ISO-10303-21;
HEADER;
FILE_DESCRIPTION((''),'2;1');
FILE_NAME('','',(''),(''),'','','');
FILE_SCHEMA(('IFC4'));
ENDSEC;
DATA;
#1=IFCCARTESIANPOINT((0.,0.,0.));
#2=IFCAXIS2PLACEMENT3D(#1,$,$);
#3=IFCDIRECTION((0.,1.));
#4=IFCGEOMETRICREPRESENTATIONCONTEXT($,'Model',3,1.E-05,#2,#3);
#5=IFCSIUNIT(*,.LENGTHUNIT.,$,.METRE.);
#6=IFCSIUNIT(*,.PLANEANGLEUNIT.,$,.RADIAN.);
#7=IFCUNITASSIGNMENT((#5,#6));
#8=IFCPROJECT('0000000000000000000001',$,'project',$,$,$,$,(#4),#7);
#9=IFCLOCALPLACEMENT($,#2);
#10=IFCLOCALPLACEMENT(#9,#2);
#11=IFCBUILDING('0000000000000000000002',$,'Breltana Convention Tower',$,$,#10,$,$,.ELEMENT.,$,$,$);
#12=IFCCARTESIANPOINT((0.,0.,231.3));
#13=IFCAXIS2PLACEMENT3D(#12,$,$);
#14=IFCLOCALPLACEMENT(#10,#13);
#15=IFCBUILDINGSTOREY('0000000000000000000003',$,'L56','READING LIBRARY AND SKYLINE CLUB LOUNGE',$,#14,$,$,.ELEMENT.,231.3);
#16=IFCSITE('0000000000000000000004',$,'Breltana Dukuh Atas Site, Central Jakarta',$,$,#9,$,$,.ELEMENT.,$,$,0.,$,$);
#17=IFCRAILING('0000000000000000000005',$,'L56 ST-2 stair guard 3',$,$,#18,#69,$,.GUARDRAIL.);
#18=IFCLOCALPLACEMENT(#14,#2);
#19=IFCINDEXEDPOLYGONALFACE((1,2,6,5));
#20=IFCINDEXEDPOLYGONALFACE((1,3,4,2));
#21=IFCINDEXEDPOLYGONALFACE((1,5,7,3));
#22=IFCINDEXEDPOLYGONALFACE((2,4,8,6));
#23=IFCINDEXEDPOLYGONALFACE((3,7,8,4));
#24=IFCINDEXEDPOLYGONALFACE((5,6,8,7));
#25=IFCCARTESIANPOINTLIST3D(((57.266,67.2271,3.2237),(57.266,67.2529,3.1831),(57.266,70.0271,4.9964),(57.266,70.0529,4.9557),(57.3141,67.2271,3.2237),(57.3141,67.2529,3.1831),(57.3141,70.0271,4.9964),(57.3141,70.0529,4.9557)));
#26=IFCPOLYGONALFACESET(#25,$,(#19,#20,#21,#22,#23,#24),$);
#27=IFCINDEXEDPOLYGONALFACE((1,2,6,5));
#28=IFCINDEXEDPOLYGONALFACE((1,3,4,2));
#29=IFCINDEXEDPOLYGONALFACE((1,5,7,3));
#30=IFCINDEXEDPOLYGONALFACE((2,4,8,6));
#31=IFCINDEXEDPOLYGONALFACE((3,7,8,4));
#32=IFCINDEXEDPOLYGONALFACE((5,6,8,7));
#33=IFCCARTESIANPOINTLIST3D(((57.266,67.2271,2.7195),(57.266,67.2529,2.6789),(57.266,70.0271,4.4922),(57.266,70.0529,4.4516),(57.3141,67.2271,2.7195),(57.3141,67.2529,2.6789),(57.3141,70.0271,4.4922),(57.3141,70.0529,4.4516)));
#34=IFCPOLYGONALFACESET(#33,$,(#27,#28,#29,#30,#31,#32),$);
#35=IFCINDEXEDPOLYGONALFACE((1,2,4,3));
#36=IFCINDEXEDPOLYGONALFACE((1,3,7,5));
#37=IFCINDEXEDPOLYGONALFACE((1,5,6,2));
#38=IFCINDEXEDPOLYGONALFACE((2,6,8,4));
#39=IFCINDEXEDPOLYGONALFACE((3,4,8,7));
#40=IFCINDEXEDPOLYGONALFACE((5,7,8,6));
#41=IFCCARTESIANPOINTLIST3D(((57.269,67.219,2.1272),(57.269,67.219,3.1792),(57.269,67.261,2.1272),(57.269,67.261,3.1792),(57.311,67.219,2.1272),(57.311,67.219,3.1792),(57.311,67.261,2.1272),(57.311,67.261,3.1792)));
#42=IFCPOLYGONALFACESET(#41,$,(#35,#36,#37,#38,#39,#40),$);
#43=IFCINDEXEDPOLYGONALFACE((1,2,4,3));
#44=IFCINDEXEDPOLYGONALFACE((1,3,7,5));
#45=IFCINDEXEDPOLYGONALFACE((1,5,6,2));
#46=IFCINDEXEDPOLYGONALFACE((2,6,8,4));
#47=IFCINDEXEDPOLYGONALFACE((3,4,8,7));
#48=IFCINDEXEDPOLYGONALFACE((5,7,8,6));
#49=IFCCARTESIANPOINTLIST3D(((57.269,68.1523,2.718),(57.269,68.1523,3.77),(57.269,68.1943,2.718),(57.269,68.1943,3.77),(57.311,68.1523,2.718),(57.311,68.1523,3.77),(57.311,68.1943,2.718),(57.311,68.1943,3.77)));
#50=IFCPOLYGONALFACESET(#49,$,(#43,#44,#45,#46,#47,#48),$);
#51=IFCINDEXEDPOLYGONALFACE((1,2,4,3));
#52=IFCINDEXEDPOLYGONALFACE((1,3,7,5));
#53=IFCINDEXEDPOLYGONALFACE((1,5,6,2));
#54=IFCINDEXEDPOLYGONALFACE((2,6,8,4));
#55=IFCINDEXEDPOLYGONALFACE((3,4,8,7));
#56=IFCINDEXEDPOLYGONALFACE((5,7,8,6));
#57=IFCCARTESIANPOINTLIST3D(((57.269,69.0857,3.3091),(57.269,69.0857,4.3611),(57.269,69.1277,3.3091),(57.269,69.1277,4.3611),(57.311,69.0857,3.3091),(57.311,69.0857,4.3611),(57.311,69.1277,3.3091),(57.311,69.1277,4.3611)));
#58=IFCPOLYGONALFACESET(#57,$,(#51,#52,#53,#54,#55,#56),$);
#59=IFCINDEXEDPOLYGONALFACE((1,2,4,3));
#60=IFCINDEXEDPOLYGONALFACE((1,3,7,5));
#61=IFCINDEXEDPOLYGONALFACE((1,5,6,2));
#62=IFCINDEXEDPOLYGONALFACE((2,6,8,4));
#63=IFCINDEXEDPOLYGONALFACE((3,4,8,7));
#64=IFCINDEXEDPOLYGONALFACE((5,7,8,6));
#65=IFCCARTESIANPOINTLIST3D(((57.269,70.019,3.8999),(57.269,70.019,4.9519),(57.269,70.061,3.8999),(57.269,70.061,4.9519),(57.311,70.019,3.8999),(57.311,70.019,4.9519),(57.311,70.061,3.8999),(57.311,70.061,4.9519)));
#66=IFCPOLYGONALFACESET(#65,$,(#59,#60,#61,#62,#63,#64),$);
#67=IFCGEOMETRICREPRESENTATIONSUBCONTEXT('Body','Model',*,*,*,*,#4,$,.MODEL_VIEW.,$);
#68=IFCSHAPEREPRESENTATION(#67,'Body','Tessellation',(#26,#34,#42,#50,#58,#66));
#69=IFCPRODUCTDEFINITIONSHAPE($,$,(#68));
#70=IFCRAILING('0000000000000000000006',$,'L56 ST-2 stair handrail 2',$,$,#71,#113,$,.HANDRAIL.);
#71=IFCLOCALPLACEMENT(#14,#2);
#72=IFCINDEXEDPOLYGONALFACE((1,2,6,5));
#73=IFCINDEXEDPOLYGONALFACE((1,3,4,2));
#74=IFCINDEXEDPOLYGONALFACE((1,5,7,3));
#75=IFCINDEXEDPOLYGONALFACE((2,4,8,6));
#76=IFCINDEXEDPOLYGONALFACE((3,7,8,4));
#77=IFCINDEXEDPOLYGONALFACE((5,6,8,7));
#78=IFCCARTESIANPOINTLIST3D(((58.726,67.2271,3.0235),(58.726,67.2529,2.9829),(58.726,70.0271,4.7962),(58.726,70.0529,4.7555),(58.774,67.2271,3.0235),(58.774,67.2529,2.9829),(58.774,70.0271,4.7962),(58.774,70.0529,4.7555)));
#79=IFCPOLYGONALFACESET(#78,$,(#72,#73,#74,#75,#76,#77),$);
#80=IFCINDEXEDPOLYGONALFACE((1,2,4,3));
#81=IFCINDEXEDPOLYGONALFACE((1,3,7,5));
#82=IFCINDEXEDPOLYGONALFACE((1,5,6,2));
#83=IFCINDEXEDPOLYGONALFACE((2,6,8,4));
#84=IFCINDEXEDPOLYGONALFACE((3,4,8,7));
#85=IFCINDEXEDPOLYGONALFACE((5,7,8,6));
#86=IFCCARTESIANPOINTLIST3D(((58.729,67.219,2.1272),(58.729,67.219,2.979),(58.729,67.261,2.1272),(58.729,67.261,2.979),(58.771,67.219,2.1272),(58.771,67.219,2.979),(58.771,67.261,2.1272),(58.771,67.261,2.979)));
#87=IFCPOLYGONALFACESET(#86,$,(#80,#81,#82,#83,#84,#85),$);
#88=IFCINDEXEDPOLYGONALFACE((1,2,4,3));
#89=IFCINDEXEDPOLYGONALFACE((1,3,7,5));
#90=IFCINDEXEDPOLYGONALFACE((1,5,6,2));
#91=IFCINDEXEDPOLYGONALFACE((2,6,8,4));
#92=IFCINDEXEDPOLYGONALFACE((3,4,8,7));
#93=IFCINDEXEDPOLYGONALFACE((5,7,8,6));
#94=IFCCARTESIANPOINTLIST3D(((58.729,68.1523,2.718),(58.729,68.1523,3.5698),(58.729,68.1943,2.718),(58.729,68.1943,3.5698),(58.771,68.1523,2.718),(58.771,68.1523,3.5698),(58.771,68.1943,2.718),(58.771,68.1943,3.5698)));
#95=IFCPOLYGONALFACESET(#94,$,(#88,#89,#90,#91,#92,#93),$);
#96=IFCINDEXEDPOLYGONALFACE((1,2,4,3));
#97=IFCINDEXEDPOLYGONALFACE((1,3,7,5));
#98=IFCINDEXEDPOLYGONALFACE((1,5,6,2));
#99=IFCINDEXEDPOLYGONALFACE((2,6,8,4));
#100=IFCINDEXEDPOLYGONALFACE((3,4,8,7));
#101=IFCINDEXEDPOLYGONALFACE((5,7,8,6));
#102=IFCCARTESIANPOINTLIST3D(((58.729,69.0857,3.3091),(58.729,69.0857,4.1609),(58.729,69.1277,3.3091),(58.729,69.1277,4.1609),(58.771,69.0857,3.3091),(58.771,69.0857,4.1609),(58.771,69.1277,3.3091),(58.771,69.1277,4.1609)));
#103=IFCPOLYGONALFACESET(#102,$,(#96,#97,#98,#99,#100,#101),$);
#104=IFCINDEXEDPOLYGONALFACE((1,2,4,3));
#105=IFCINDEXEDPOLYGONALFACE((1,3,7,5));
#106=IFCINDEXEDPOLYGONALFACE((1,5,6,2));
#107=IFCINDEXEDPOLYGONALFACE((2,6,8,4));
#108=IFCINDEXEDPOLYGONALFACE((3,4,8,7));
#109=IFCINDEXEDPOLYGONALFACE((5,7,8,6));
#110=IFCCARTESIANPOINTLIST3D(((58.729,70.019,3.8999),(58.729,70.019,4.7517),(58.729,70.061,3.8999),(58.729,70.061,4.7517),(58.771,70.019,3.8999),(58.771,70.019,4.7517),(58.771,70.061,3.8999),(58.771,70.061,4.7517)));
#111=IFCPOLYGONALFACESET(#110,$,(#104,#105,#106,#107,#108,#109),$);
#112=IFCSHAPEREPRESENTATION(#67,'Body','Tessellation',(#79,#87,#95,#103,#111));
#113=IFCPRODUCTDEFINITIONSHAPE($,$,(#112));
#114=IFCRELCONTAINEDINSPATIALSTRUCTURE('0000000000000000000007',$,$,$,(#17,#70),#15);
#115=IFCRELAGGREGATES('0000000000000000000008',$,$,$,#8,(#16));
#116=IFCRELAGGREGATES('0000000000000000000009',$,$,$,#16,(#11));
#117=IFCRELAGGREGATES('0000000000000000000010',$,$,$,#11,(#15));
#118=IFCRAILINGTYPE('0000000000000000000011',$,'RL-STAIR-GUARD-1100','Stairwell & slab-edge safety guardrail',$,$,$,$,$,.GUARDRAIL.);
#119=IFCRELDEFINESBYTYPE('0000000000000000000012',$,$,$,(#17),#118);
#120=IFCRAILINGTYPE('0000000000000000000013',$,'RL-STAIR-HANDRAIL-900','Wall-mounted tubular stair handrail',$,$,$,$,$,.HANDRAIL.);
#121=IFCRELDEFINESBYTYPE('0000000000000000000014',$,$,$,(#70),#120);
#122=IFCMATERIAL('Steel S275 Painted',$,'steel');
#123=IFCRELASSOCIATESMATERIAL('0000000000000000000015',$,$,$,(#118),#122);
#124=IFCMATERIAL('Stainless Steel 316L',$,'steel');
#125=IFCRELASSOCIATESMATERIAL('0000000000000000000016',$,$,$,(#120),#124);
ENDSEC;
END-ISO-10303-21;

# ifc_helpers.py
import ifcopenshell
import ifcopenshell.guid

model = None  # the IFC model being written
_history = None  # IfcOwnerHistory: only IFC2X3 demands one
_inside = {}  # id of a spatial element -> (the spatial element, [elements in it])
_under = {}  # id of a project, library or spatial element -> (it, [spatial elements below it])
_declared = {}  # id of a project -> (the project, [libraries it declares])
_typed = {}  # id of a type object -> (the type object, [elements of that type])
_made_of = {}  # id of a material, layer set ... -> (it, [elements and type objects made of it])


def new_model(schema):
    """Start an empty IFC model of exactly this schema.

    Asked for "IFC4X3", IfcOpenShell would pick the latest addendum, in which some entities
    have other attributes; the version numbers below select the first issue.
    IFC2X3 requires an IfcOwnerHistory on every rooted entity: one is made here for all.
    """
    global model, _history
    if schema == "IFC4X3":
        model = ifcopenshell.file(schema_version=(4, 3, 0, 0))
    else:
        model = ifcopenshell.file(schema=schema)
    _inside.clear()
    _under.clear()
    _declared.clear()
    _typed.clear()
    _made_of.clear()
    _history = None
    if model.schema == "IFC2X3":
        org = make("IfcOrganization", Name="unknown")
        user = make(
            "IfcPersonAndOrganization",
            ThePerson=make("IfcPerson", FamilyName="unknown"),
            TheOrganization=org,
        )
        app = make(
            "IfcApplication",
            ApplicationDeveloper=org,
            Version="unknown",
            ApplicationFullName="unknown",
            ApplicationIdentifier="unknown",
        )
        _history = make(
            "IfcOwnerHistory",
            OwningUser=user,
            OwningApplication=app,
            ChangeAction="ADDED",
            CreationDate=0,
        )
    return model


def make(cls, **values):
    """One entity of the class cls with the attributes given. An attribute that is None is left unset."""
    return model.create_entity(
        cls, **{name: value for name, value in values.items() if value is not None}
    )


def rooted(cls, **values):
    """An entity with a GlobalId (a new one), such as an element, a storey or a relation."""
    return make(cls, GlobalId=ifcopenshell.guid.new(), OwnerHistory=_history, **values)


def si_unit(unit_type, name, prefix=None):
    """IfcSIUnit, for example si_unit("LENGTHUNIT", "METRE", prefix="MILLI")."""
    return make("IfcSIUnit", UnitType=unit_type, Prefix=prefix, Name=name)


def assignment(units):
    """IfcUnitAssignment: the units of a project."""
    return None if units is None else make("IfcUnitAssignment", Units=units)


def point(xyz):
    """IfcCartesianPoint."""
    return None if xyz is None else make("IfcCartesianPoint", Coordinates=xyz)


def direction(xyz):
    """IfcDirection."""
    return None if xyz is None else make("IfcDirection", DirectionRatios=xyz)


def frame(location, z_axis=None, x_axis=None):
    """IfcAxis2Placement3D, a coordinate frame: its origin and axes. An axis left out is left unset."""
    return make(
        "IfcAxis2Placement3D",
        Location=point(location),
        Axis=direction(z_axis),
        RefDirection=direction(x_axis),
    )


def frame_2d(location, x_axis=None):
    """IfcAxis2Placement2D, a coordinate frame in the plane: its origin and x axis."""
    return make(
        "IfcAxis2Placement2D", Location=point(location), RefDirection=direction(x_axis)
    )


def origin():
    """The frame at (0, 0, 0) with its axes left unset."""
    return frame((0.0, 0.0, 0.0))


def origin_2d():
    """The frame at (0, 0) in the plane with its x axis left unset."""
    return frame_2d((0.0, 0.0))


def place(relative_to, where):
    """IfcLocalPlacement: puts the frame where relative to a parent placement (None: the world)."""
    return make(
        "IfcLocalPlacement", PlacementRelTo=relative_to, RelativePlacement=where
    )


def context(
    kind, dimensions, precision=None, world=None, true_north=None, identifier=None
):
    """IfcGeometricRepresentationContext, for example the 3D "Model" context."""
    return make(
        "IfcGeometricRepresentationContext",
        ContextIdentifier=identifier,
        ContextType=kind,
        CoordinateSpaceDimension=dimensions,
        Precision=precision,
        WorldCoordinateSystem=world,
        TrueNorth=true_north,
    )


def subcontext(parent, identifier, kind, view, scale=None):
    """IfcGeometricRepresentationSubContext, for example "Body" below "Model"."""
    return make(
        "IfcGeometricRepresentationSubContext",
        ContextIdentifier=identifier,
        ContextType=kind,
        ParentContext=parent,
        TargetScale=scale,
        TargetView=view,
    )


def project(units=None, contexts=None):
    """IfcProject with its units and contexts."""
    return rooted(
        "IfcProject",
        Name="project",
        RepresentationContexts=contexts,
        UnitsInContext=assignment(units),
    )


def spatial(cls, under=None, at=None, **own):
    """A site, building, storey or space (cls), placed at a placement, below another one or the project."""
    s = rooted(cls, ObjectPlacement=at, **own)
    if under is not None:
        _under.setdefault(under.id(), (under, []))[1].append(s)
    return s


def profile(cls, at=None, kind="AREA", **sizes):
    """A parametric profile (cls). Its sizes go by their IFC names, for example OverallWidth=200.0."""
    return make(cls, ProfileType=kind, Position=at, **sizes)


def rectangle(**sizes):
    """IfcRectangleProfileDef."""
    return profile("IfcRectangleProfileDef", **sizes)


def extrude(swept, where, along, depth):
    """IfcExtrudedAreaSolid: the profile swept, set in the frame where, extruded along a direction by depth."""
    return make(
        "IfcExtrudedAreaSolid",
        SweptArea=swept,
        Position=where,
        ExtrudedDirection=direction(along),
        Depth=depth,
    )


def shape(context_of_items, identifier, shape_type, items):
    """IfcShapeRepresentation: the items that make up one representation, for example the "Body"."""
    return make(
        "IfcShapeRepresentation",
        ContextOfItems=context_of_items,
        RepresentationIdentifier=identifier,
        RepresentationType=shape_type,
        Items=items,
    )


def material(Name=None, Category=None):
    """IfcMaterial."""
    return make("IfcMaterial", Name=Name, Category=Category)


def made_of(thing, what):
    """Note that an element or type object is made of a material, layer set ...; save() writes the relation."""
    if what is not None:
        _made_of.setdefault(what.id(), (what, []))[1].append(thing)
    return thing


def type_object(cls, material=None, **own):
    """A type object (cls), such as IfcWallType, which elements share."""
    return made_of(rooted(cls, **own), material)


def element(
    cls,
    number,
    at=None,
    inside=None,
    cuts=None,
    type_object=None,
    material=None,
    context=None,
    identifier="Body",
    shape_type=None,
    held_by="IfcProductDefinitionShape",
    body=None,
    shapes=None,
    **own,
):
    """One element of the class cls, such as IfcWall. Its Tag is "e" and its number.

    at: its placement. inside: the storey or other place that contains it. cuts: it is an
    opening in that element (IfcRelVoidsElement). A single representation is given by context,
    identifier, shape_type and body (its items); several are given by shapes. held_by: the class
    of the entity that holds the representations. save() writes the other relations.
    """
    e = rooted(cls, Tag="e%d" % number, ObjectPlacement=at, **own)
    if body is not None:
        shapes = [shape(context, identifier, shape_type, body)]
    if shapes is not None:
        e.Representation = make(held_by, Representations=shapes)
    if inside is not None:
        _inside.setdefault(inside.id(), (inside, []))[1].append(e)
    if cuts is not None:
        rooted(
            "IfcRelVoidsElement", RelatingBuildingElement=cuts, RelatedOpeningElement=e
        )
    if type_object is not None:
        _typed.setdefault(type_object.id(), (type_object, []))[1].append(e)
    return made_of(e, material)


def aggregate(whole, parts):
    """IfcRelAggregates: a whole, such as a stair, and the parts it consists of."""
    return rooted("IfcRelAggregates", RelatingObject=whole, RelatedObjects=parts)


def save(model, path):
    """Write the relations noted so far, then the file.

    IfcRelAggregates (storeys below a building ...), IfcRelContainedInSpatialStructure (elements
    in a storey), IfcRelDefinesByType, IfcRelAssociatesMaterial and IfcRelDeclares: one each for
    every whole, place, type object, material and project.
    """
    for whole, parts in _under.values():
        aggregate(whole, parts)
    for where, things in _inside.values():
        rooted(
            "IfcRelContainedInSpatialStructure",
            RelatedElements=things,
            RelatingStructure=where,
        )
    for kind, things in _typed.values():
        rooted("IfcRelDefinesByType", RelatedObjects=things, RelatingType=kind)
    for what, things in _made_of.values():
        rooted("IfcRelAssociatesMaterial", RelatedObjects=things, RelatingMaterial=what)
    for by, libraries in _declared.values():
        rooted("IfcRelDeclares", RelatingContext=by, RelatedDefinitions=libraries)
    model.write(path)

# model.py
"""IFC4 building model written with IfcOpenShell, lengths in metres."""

from ifc_helpers import new_model, si_unit, direction, frame, origin, origin_2d, place, context, subcontext, project, spatial, rectangle, extrude, material, type_object, element, save


model = new_model("IFC4")

# Units and contexts
model_context = context("Model", 3, precision=1e-05, world=origin(), true_north=direction((0.0, 1.0)))
body_context = subcontext(model_context, "Body", "Model", "MODEL_VIEW")
ifc_project = project(units=[si_unit("LENGTHUNIT", "METRE"), si_unit("PLANEANGLEUNIT", "RADIAN")], contexts=[model_context])

# Site, building, storey
site_placement = place(None, origin())
site = spatial("IfcSite", under=ifc_project, at=site_placement, Name="Breltana Dukuh Atas Site, Central Jakarta", CompositionType="ELEMENT", RefElevation=0.0)
building_placement = place(site_placement, origin())
building = spatial("IfcBuilding", under=site, at=building_placement, Name="Breltana Convention Tower", CompositionType="ELEMENT")
storey_placement = place(building_placement, frame((0.0, 0.0, 231.3)))
storey = spatial("IfcBuildingStorey", under=building, at=storey_placement, Name="L56", Description="READING LIBRARY AND SKYLINE CLUB LOUNGE", CompositionType="ELEMENT", Elevation=231.3)

# Railings
ifc_material_1 = material(Name="Steel S275 Painted", Category="steel")
railing_type_1 = type_object("IfcRailingType", Name="RL-STAIR-GUARD-1100", Description="Stairwell & slab-edge safety guardrail", PredefinedType="GUARDRAIL", material=ifc_material_1)
railing_1_placement = place(storey_placement, frame((57.29, 67.24, 2.1272)))
element("IfcRailing", 1, at=railing_1_placement, inside=storey, type_object=railing_type_1, Name="L56 ST-2 stair guard 3", PredefinedType="GUARDRAIL", context=body_context, shape_type="SweptSolid", body=[
    extrude(rectangle(XDim=0.0481, YDim=0.0481, at=origin_2d()), frame((0.0, 0.0, 1.0762), z_axis=(0.0, 0.844909, 0.53491), x_axis=(-1.0, 0.0, 0.0)), (0.0, 0.0, 1.0), 3.314),
    extrude(rectangle(XDim=0.0481, YDim=0.0481, at=origin_2d()), frame((0.0, 0.0, 0.572), z_axis=(0.0, 0.844909, 0.53491), x_axis=(-1.0, 0.0, 0.0)), (0.0, 0.0, 1.0), 3.314),
    extrude(rectangle(XDim=0.042, YDim=0.042, at=origin_2d()), origin(), (0.0, 0.0, 1.0), 1.052),
    extrude(rectangle(XDim=0.042, YDim=0.042, at=origin_2d()), frame((0.0, 0.9333, 0.5908)), (0.0, 0.0, 1.0), 1.052),
    extrude(rectangle(XDim=0.042, YDim=0.042, at=origin_2d()), frame((0.0, 1.8667, 1.1819)), (0.0, 0.0, 1.0), 1.052),
    extrude(rectangle(XDim=0.042, YDim=0.042, at=origin_2d()), frame((0.0, 2.8, 1.7727)), (0.0, 0.0, 1.0), 1.052),
])
ifc_material_2 = material(Name="Stainless Steel 316L", Category="steel")
railing_type_2 = type_object("IfcRailingType", Name="RL-STAIR-HANDRAIL-900", Description="Wall-mounted tubular stair handrail", PredefinedType="HANDRAIL", material=ifc_material_2)
railing_2_placement = place(storey_placement, frame((58.75, 67.24, 2.1272)))
element("IfcRailing", 2, at=railing_2_placement, inside=storey, type_object=railing_type_2, Name="L56 ST-2 stair handrail 2", PredefinedType="HANDRAIL", context=body_context, shape_type="SweptSolid", body=[
    extrude(rectangle(XDim=0.0481, YDim=0.0481, at=origin_2d()), frame((0.0, 0.0, 0.876), z_axis=(0.0, 0.844909, 0.53491), x_axis=(-1.0, 0.0, 0.0)), (0.0, 0.0, 1.0), 3.314),
    extrude(rectangle(XDim=0.042, YDim=0.042, at=origin_2d()), origin(), (0.0, 0.0, 1.0), 0.8518),
    extrude(rectangle(XDim=0.042, YDim=0.042, at=origin_2d()), frame((0.0, 0.9333, 0.5908)), (0.0, 0.0, 1.0), 0.8518),
    extrude(rectangle(XDim=0.042, YDim=0.042, at=origin_2d()), frame((0.0, 1.8667, 1.1819)), (0.0, 0.0, 1.0), 0.8518),
    extrude(rectangle(XDim=0.042, YDim=0.042, at=origin_2d()), frame((0.0, 2.8, 1.7727)), (0.0, 0.0, 1.0), 0.8518),
])

save(model, "model.ifc")
